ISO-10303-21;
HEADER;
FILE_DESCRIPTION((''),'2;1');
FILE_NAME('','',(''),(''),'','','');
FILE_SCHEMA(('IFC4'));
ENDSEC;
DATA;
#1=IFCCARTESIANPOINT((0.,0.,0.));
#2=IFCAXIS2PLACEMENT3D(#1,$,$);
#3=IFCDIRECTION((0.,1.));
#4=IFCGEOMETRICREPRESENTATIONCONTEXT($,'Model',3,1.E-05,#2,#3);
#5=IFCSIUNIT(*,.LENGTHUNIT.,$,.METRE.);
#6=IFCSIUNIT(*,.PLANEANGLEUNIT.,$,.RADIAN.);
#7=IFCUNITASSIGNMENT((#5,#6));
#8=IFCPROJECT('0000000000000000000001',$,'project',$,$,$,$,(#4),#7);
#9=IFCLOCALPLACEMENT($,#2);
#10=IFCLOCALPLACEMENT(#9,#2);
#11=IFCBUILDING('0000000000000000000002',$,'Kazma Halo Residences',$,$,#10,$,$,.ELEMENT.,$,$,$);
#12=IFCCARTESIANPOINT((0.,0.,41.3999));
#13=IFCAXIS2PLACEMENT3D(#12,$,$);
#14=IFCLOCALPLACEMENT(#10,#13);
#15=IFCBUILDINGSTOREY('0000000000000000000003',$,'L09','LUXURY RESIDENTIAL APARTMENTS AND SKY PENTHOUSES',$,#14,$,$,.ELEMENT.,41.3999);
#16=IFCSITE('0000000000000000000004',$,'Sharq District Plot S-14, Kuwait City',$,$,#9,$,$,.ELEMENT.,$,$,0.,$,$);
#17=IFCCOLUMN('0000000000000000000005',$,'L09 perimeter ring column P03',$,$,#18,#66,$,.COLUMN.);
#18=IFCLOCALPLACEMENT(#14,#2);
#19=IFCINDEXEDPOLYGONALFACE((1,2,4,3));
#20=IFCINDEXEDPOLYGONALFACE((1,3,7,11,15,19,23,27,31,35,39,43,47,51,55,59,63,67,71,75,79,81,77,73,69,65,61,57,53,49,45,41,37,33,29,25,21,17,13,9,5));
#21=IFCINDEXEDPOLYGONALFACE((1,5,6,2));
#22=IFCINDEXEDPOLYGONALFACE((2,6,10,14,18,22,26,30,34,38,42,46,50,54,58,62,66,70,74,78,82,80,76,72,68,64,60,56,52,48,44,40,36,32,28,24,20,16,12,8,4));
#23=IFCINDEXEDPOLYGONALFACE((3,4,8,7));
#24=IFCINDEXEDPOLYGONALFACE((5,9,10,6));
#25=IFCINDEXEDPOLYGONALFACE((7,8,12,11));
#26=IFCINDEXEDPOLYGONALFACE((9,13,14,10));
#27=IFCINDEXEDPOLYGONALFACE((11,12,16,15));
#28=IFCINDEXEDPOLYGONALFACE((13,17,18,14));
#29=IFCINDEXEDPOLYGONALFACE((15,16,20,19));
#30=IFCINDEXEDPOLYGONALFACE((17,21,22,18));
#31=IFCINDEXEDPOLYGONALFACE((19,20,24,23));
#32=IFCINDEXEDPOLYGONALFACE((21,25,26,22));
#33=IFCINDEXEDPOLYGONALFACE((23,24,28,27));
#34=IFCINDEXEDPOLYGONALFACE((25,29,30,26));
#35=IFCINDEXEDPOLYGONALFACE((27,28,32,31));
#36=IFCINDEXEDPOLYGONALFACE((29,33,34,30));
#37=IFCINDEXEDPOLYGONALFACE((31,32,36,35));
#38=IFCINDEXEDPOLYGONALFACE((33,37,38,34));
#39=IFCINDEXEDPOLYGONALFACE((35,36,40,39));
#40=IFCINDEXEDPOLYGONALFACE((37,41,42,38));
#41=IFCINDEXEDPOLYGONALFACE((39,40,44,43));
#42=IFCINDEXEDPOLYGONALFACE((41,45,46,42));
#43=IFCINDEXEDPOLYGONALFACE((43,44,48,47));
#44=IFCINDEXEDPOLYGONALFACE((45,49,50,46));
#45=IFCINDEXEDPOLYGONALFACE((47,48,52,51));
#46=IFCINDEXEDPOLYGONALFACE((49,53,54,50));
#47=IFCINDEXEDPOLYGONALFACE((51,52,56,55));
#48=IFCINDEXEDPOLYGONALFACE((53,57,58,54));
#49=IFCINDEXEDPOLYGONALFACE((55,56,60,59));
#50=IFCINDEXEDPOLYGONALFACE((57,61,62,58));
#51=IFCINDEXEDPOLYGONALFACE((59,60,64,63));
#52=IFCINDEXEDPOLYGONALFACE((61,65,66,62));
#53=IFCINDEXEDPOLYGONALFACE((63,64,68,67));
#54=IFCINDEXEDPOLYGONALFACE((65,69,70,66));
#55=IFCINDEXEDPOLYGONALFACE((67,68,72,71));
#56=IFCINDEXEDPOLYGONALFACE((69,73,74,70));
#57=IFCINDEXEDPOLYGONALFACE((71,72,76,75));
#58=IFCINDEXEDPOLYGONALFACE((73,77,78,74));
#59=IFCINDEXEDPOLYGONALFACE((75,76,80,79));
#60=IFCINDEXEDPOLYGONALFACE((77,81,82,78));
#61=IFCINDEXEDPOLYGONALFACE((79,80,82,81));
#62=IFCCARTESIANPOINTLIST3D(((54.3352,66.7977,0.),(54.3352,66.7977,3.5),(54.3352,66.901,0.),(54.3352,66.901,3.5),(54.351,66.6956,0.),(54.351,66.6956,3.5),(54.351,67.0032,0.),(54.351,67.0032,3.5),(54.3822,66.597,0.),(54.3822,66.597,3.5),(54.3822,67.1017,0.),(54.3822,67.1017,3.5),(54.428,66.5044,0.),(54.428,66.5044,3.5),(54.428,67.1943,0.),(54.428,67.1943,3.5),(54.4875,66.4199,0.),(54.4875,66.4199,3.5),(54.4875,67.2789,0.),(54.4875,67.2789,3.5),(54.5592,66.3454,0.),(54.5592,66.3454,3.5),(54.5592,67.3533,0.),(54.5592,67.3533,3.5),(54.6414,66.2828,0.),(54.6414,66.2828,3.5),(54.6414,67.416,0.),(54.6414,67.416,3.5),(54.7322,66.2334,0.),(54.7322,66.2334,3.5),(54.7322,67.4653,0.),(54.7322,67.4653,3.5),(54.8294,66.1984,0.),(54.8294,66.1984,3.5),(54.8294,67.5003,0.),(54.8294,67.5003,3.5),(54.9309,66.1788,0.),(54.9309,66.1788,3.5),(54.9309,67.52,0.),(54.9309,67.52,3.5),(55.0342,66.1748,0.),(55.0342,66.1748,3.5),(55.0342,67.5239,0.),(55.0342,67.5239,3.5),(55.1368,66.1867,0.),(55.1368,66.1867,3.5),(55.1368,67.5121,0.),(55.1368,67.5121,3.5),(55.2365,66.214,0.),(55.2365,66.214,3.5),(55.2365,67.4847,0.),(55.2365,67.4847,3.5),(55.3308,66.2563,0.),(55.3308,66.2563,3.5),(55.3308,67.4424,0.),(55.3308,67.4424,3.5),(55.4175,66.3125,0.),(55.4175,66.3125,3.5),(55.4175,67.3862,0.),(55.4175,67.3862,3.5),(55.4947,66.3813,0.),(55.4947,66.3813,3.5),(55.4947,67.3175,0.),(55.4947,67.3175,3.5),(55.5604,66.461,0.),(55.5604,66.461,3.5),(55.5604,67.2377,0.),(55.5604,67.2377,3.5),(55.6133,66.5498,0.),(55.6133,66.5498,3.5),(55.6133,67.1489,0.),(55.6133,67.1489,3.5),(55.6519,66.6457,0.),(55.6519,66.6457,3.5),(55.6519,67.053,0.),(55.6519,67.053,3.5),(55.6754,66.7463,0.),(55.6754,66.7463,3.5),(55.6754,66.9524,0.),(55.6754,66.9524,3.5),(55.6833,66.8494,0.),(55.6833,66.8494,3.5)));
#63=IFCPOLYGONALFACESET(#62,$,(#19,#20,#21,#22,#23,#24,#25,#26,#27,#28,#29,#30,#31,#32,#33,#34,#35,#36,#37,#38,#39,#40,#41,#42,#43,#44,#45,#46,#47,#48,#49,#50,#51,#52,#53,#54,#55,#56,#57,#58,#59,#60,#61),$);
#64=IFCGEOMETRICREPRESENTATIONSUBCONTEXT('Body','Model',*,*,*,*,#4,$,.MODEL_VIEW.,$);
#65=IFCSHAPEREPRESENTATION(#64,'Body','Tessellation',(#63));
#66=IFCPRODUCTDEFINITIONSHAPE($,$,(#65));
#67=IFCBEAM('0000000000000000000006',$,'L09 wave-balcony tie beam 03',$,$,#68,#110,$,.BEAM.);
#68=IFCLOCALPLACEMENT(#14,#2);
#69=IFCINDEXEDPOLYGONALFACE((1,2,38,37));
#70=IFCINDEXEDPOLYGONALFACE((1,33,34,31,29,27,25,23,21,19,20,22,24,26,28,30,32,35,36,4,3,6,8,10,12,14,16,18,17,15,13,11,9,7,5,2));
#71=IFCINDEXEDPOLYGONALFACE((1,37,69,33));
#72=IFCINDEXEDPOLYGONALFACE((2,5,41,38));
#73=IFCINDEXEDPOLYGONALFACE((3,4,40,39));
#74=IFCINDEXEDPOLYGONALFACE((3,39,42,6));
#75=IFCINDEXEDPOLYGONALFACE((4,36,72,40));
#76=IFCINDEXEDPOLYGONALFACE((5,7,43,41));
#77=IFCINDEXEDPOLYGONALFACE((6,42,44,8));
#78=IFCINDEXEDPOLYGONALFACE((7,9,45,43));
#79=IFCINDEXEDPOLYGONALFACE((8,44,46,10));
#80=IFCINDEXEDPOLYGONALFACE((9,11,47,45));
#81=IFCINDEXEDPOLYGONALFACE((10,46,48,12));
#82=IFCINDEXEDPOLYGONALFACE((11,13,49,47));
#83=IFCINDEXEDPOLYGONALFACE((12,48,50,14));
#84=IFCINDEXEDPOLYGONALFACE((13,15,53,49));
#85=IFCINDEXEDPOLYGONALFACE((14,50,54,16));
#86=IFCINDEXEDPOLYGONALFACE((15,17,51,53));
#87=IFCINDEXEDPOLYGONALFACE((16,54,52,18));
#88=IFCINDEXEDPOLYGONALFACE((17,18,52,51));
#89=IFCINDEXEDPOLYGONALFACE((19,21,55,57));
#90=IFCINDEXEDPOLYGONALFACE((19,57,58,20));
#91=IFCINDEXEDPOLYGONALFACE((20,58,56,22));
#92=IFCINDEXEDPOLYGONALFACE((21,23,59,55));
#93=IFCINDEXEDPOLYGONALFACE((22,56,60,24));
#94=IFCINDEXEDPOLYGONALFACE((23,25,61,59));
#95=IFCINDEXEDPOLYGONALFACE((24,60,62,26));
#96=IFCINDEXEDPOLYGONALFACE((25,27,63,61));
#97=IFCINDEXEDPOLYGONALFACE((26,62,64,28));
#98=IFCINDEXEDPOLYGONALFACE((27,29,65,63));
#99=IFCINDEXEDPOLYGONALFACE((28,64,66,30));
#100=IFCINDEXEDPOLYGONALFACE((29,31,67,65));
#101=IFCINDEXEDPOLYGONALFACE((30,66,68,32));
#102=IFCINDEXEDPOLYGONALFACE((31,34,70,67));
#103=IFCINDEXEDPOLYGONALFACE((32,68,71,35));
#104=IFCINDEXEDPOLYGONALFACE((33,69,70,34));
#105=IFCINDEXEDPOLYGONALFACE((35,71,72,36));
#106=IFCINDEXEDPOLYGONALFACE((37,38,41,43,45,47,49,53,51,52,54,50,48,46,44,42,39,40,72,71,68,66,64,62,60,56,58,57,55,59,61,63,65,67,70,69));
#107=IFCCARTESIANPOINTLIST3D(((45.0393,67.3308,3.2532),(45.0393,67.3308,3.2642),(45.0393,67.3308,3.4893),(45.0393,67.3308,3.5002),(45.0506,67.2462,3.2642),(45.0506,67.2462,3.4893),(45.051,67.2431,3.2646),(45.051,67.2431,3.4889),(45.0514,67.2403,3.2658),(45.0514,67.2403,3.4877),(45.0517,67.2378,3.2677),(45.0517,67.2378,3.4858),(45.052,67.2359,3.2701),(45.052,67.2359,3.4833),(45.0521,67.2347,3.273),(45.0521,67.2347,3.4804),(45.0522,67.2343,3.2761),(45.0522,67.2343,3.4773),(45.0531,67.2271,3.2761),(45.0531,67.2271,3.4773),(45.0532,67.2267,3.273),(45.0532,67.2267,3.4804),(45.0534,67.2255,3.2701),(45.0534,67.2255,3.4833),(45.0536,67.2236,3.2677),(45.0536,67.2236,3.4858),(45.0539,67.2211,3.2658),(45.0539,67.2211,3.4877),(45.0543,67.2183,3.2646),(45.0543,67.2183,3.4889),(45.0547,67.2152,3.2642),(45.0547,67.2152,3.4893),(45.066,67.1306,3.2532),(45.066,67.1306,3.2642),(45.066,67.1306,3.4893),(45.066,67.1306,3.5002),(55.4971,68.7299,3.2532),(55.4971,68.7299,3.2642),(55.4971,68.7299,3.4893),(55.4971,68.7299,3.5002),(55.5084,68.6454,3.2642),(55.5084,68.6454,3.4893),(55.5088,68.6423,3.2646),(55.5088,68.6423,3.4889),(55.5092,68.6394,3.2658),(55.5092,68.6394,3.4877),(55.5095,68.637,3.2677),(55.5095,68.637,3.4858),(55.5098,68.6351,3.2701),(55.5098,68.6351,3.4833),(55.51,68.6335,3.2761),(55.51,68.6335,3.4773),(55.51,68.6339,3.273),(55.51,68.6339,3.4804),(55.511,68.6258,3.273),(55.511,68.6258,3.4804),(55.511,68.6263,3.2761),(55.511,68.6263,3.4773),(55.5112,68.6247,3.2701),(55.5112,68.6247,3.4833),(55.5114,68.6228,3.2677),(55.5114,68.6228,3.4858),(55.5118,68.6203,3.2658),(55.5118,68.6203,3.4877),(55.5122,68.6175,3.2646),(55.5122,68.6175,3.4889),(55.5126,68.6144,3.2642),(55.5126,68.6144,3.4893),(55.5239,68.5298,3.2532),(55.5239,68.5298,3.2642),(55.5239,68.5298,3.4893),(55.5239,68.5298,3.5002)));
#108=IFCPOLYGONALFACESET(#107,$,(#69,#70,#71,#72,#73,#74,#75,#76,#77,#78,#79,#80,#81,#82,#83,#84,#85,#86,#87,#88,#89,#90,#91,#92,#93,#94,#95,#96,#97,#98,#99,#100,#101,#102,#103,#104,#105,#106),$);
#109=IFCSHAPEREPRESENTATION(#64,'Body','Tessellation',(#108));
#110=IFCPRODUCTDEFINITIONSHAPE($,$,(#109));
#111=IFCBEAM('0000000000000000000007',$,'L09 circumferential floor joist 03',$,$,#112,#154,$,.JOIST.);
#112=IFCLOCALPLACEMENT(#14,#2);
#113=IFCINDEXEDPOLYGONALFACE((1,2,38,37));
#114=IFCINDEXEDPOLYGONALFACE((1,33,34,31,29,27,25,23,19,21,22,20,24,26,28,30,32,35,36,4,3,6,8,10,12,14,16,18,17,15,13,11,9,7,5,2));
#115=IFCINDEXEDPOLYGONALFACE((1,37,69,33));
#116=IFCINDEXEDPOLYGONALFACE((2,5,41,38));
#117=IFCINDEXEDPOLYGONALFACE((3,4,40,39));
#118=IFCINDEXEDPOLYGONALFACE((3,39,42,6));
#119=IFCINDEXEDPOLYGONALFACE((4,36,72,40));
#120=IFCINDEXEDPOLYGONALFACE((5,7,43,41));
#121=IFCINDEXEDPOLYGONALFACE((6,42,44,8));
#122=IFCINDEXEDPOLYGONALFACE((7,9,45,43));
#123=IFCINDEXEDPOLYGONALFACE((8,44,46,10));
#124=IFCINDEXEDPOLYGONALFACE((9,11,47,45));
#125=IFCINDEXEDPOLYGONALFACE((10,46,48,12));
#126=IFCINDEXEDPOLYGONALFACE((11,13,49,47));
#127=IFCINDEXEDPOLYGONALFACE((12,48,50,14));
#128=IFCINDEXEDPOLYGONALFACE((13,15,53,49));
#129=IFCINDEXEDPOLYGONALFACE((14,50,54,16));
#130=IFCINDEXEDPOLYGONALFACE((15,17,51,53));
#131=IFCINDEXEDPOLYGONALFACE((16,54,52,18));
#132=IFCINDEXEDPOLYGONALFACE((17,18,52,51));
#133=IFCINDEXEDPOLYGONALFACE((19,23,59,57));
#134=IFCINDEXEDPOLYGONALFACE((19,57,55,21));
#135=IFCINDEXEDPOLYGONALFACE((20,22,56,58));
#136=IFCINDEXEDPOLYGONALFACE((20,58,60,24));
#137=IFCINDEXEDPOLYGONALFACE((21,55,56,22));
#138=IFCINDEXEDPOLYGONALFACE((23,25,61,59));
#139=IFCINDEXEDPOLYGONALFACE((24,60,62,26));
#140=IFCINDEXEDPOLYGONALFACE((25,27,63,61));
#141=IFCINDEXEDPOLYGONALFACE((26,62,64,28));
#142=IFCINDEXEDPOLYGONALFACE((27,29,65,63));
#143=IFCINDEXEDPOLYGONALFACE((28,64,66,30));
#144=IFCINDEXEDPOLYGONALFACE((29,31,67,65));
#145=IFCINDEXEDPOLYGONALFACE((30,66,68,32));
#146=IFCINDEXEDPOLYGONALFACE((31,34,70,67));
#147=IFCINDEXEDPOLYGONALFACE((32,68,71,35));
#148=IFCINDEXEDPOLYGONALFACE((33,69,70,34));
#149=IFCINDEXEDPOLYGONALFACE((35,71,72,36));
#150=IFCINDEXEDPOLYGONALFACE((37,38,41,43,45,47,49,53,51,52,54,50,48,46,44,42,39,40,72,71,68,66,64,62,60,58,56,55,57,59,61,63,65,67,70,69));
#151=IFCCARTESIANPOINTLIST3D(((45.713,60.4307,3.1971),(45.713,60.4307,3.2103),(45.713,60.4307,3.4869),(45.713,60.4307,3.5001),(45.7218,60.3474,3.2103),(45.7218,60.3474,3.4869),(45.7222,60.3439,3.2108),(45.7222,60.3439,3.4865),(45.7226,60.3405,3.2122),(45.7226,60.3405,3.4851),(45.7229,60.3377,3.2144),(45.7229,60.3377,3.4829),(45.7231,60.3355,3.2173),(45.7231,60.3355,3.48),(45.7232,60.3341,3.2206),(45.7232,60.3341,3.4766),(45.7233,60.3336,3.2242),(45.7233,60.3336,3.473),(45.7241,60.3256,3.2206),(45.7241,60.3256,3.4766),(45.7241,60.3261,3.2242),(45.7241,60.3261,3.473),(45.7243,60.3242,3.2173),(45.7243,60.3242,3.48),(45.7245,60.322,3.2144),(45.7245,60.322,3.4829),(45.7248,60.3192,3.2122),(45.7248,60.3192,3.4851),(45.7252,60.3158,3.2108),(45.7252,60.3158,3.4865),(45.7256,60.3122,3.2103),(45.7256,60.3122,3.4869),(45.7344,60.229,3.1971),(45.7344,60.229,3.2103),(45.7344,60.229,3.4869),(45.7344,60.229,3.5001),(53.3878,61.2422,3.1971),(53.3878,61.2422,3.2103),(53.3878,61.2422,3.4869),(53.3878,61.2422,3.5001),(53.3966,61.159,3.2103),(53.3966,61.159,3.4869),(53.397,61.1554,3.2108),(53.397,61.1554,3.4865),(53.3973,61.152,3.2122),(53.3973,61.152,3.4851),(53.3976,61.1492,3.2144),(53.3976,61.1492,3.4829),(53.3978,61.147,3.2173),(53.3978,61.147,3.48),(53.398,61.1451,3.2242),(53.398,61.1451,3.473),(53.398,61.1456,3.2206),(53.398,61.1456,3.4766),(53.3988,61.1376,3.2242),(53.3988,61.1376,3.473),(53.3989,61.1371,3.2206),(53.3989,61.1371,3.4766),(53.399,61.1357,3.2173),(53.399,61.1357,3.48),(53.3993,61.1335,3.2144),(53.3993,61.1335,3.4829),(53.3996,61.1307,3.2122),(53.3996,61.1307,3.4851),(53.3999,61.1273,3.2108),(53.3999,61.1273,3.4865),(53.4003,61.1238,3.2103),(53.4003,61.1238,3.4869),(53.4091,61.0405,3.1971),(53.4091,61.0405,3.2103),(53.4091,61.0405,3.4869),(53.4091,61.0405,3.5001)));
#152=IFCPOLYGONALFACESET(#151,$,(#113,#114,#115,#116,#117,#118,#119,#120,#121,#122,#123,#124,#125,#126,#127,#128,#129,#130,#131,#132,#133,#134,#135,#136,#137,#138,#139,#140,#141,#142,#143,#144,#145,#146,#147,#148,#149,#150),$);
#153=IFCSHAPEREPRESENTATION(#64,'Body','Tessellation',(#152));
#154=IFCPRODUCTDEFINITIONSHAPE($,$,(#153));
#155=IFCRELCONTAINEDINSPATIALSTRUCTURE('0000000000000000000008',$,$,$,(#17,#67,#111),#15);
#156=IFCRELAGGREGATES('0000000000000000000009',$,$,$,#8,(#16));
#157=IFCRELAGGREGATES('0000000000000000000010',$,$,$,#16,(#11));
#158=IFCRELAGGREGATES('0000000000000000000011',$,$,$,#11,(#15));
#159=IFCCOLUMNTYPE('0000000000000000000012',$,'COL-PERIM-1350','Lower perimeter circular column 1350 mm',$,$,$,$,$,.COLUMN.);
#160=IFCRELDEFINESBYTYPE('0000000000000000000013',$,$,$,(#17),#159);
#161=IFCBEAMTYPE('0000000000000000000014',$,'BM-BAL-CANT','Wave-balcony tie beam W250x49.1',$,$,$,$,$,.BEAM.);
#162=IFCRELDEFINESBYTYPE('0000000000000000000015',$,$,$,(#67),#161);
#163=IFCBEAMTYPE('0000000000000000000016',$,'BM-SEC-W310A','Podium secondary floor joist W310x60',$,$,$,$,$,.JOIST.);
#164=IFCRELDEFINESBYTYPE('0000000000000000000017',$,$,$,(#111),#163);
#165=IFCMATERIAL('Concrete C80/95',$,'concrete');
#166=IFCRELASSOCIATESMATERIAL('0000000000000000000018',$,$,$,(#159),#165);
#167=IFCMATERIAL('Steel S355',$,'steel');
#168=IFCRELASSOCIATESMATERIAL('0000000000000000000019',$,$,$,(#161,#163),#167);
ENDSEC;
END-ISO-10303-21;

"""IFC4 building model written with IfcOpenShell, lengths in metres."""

from ifc_helpers import new_model, si_unit, direction, frame, origin, origin_2d, place, context, subcontext, project, spatial, circle, i_section, extrude, material, material_profile, profile_set, type_object, element, save


model = new_model("IFC4")

# Units and contexts
model_context = context("Model", 3, precision=1e-05, world=origin(), true_north=direction((0.0, 1.0)))
body_context = subcontext(model_context, "Body", "Model", "MODEL_VIEW")
ifc_project = project(units=[si_unit("LENGTHUNIT", "METRE"), si_unit("PLANEANGLEUNIT", "RADIAN")], contexts=[model_context])

# Site, building, storey
site_placement = place(None, origin())
site = spatial("IfcSite", under=ifc_project, at=site_placement, Name="Sharq District Plot S-14, Kuwait City", CompositionType="ELEMENT", RefElevation=0.0)
building_placement = place(site_placement, origin())
building = spatial("IfcBuilding", under=site, at=building_placement, Name="Kazma Halo Residences", CompositionType="ELEMENT")
storey_placement = place(building_placement, frame((0.0, 0.0, 41.3999)))
storey = spatial("IfcBuildingStorey", under=building, at=storey_placement, Name="L09", Description="LUXURY RESIDENTIAL APARTMENTS AND SKY PENTHOUSES", CompositionType="ELEMENT", Elevation=41.3999)

# Column
ifc_material_1 = material(Name="Concrete C80/95", Category="concrete")
ifc_material_profile_1 = material_profile(ifc_material_1, circle(Radius=0.675, at=origin_2d()), Name="CIRC1350")
ifc_profile_set_1 = profile_set([ifc_material_profile_1], Name="Concrete C80/95")
column_type = type_object("IfcColumnType", Name="COL-PERIM-1350", Description="Lower perimeter circular column 1350 mm", PredefinedType="COLUMN", material=ifc_profile_set_1)
column_placement = place(storey_placement, frame((55.0083, 66.8494, 0.0), z_axis=(0.0, 0.0, 1.0), x_axis=(1.0, 0.0, 0.0)))
element("IfcColumn", 1, at=column_placement, inside=storey, type_object=column_type, Name="L09 perimeter ring column P03", PredefinedType="COLUMN", context=body_context, shape_type="SweptSolid", body=[
    extrude(circle(Radius=0.675, at=origin_2d()), origin(), (0.0, 0.0, 1.0), 3.5),
])

# Beams
ifc_material_2 = material(Name="Steel S355", Category="steel")
ifc_material_profile_2 = material_profile(ifc_material_2, i_section(OverallWidth=0.2019, OverallDepth=0.2471, WebThickness=0.0073, FlangeThickness=0.011, FilletRadius=0.012, at=origin_2d()), Name="W250x49.1")
ifc_profile_set_2 = profile_set([ifc_material_profile_2], Name="Steel S355")
beam_type_1 = type_object("IfcBeamType", Name="BM-BAL-CANT", Description="Wave-balcony tie beam W250x49.1", PredefinedType="BEAM", material=ifc_profile_set_2)
beam_1_placement = place(storey_placement, frame((55.5105, 68.6299, 3.3767), z_axis=(-0.991168, -0.132611, 0.0), x_axis=(0.132611, -0.991168, 0.0)))
element("IfcBeam", 2, at=beam_1_placement, inside=storey, type_object=beam_type_1, Name="L09 wave-balcony tie beam 03", PredefinedType="BEAM", context=body_context, shape_type="SweptSolid", body=[
    extrude(i_section(OverallWidth=0.2019, OverallDepth=0.2471, WebThickness=0.0073, FlangeThickness=0.011, FilletRadius=0.012, at=origin_2d()), origin(), (0.0, 0.0, 1.0), 10.551),
])
ifc_material_profile_3 = material_profile(ifc_material_2, i_section(OverallWidth=0.2029, OverallDepth=0.303, WebThickness=0.0076, FlangeThickness=0.0132, FilletRadius=0.0139, at=origin_2d()), Name="W310x60")
ifc_profile_set_3 = profile_set([ifc_material_profile_3], Name="Steel S355")
beam_type_2 = type_object("IfcBeamType", Name="BM-SEC-W310A", Description="Podium secondary floor joist W310x60", PredefinedType="JOIST", material=ifc_profile_set_3)
beam_2_placement = place(storey_placement, frame((53.3984, 61.1414, 3.3486), z_axis=(-0.994456, -0.105152, 0.0), x_axis=(0.105152, -0.994456, 0.0)))
element("IfcBeam", 3, at=beam_2_placement, inside=storey, type_object=beam_type_2, Name="L09 circumferential floor joist 03", PredefinedType="JOIST", context=body_context, shape_type="SweptSolid", body=[
    extrude(i_section(OverallWidth=0.2029, OverallDepth=0.303, WebThickness=0.0076, FlangeThickness=0.0132, FilletRadius=0.0139, at=origin_2d()), origin(), (0.0, 0.0, 1.0), 7.7175),
])

save(model, "model.ifc")
